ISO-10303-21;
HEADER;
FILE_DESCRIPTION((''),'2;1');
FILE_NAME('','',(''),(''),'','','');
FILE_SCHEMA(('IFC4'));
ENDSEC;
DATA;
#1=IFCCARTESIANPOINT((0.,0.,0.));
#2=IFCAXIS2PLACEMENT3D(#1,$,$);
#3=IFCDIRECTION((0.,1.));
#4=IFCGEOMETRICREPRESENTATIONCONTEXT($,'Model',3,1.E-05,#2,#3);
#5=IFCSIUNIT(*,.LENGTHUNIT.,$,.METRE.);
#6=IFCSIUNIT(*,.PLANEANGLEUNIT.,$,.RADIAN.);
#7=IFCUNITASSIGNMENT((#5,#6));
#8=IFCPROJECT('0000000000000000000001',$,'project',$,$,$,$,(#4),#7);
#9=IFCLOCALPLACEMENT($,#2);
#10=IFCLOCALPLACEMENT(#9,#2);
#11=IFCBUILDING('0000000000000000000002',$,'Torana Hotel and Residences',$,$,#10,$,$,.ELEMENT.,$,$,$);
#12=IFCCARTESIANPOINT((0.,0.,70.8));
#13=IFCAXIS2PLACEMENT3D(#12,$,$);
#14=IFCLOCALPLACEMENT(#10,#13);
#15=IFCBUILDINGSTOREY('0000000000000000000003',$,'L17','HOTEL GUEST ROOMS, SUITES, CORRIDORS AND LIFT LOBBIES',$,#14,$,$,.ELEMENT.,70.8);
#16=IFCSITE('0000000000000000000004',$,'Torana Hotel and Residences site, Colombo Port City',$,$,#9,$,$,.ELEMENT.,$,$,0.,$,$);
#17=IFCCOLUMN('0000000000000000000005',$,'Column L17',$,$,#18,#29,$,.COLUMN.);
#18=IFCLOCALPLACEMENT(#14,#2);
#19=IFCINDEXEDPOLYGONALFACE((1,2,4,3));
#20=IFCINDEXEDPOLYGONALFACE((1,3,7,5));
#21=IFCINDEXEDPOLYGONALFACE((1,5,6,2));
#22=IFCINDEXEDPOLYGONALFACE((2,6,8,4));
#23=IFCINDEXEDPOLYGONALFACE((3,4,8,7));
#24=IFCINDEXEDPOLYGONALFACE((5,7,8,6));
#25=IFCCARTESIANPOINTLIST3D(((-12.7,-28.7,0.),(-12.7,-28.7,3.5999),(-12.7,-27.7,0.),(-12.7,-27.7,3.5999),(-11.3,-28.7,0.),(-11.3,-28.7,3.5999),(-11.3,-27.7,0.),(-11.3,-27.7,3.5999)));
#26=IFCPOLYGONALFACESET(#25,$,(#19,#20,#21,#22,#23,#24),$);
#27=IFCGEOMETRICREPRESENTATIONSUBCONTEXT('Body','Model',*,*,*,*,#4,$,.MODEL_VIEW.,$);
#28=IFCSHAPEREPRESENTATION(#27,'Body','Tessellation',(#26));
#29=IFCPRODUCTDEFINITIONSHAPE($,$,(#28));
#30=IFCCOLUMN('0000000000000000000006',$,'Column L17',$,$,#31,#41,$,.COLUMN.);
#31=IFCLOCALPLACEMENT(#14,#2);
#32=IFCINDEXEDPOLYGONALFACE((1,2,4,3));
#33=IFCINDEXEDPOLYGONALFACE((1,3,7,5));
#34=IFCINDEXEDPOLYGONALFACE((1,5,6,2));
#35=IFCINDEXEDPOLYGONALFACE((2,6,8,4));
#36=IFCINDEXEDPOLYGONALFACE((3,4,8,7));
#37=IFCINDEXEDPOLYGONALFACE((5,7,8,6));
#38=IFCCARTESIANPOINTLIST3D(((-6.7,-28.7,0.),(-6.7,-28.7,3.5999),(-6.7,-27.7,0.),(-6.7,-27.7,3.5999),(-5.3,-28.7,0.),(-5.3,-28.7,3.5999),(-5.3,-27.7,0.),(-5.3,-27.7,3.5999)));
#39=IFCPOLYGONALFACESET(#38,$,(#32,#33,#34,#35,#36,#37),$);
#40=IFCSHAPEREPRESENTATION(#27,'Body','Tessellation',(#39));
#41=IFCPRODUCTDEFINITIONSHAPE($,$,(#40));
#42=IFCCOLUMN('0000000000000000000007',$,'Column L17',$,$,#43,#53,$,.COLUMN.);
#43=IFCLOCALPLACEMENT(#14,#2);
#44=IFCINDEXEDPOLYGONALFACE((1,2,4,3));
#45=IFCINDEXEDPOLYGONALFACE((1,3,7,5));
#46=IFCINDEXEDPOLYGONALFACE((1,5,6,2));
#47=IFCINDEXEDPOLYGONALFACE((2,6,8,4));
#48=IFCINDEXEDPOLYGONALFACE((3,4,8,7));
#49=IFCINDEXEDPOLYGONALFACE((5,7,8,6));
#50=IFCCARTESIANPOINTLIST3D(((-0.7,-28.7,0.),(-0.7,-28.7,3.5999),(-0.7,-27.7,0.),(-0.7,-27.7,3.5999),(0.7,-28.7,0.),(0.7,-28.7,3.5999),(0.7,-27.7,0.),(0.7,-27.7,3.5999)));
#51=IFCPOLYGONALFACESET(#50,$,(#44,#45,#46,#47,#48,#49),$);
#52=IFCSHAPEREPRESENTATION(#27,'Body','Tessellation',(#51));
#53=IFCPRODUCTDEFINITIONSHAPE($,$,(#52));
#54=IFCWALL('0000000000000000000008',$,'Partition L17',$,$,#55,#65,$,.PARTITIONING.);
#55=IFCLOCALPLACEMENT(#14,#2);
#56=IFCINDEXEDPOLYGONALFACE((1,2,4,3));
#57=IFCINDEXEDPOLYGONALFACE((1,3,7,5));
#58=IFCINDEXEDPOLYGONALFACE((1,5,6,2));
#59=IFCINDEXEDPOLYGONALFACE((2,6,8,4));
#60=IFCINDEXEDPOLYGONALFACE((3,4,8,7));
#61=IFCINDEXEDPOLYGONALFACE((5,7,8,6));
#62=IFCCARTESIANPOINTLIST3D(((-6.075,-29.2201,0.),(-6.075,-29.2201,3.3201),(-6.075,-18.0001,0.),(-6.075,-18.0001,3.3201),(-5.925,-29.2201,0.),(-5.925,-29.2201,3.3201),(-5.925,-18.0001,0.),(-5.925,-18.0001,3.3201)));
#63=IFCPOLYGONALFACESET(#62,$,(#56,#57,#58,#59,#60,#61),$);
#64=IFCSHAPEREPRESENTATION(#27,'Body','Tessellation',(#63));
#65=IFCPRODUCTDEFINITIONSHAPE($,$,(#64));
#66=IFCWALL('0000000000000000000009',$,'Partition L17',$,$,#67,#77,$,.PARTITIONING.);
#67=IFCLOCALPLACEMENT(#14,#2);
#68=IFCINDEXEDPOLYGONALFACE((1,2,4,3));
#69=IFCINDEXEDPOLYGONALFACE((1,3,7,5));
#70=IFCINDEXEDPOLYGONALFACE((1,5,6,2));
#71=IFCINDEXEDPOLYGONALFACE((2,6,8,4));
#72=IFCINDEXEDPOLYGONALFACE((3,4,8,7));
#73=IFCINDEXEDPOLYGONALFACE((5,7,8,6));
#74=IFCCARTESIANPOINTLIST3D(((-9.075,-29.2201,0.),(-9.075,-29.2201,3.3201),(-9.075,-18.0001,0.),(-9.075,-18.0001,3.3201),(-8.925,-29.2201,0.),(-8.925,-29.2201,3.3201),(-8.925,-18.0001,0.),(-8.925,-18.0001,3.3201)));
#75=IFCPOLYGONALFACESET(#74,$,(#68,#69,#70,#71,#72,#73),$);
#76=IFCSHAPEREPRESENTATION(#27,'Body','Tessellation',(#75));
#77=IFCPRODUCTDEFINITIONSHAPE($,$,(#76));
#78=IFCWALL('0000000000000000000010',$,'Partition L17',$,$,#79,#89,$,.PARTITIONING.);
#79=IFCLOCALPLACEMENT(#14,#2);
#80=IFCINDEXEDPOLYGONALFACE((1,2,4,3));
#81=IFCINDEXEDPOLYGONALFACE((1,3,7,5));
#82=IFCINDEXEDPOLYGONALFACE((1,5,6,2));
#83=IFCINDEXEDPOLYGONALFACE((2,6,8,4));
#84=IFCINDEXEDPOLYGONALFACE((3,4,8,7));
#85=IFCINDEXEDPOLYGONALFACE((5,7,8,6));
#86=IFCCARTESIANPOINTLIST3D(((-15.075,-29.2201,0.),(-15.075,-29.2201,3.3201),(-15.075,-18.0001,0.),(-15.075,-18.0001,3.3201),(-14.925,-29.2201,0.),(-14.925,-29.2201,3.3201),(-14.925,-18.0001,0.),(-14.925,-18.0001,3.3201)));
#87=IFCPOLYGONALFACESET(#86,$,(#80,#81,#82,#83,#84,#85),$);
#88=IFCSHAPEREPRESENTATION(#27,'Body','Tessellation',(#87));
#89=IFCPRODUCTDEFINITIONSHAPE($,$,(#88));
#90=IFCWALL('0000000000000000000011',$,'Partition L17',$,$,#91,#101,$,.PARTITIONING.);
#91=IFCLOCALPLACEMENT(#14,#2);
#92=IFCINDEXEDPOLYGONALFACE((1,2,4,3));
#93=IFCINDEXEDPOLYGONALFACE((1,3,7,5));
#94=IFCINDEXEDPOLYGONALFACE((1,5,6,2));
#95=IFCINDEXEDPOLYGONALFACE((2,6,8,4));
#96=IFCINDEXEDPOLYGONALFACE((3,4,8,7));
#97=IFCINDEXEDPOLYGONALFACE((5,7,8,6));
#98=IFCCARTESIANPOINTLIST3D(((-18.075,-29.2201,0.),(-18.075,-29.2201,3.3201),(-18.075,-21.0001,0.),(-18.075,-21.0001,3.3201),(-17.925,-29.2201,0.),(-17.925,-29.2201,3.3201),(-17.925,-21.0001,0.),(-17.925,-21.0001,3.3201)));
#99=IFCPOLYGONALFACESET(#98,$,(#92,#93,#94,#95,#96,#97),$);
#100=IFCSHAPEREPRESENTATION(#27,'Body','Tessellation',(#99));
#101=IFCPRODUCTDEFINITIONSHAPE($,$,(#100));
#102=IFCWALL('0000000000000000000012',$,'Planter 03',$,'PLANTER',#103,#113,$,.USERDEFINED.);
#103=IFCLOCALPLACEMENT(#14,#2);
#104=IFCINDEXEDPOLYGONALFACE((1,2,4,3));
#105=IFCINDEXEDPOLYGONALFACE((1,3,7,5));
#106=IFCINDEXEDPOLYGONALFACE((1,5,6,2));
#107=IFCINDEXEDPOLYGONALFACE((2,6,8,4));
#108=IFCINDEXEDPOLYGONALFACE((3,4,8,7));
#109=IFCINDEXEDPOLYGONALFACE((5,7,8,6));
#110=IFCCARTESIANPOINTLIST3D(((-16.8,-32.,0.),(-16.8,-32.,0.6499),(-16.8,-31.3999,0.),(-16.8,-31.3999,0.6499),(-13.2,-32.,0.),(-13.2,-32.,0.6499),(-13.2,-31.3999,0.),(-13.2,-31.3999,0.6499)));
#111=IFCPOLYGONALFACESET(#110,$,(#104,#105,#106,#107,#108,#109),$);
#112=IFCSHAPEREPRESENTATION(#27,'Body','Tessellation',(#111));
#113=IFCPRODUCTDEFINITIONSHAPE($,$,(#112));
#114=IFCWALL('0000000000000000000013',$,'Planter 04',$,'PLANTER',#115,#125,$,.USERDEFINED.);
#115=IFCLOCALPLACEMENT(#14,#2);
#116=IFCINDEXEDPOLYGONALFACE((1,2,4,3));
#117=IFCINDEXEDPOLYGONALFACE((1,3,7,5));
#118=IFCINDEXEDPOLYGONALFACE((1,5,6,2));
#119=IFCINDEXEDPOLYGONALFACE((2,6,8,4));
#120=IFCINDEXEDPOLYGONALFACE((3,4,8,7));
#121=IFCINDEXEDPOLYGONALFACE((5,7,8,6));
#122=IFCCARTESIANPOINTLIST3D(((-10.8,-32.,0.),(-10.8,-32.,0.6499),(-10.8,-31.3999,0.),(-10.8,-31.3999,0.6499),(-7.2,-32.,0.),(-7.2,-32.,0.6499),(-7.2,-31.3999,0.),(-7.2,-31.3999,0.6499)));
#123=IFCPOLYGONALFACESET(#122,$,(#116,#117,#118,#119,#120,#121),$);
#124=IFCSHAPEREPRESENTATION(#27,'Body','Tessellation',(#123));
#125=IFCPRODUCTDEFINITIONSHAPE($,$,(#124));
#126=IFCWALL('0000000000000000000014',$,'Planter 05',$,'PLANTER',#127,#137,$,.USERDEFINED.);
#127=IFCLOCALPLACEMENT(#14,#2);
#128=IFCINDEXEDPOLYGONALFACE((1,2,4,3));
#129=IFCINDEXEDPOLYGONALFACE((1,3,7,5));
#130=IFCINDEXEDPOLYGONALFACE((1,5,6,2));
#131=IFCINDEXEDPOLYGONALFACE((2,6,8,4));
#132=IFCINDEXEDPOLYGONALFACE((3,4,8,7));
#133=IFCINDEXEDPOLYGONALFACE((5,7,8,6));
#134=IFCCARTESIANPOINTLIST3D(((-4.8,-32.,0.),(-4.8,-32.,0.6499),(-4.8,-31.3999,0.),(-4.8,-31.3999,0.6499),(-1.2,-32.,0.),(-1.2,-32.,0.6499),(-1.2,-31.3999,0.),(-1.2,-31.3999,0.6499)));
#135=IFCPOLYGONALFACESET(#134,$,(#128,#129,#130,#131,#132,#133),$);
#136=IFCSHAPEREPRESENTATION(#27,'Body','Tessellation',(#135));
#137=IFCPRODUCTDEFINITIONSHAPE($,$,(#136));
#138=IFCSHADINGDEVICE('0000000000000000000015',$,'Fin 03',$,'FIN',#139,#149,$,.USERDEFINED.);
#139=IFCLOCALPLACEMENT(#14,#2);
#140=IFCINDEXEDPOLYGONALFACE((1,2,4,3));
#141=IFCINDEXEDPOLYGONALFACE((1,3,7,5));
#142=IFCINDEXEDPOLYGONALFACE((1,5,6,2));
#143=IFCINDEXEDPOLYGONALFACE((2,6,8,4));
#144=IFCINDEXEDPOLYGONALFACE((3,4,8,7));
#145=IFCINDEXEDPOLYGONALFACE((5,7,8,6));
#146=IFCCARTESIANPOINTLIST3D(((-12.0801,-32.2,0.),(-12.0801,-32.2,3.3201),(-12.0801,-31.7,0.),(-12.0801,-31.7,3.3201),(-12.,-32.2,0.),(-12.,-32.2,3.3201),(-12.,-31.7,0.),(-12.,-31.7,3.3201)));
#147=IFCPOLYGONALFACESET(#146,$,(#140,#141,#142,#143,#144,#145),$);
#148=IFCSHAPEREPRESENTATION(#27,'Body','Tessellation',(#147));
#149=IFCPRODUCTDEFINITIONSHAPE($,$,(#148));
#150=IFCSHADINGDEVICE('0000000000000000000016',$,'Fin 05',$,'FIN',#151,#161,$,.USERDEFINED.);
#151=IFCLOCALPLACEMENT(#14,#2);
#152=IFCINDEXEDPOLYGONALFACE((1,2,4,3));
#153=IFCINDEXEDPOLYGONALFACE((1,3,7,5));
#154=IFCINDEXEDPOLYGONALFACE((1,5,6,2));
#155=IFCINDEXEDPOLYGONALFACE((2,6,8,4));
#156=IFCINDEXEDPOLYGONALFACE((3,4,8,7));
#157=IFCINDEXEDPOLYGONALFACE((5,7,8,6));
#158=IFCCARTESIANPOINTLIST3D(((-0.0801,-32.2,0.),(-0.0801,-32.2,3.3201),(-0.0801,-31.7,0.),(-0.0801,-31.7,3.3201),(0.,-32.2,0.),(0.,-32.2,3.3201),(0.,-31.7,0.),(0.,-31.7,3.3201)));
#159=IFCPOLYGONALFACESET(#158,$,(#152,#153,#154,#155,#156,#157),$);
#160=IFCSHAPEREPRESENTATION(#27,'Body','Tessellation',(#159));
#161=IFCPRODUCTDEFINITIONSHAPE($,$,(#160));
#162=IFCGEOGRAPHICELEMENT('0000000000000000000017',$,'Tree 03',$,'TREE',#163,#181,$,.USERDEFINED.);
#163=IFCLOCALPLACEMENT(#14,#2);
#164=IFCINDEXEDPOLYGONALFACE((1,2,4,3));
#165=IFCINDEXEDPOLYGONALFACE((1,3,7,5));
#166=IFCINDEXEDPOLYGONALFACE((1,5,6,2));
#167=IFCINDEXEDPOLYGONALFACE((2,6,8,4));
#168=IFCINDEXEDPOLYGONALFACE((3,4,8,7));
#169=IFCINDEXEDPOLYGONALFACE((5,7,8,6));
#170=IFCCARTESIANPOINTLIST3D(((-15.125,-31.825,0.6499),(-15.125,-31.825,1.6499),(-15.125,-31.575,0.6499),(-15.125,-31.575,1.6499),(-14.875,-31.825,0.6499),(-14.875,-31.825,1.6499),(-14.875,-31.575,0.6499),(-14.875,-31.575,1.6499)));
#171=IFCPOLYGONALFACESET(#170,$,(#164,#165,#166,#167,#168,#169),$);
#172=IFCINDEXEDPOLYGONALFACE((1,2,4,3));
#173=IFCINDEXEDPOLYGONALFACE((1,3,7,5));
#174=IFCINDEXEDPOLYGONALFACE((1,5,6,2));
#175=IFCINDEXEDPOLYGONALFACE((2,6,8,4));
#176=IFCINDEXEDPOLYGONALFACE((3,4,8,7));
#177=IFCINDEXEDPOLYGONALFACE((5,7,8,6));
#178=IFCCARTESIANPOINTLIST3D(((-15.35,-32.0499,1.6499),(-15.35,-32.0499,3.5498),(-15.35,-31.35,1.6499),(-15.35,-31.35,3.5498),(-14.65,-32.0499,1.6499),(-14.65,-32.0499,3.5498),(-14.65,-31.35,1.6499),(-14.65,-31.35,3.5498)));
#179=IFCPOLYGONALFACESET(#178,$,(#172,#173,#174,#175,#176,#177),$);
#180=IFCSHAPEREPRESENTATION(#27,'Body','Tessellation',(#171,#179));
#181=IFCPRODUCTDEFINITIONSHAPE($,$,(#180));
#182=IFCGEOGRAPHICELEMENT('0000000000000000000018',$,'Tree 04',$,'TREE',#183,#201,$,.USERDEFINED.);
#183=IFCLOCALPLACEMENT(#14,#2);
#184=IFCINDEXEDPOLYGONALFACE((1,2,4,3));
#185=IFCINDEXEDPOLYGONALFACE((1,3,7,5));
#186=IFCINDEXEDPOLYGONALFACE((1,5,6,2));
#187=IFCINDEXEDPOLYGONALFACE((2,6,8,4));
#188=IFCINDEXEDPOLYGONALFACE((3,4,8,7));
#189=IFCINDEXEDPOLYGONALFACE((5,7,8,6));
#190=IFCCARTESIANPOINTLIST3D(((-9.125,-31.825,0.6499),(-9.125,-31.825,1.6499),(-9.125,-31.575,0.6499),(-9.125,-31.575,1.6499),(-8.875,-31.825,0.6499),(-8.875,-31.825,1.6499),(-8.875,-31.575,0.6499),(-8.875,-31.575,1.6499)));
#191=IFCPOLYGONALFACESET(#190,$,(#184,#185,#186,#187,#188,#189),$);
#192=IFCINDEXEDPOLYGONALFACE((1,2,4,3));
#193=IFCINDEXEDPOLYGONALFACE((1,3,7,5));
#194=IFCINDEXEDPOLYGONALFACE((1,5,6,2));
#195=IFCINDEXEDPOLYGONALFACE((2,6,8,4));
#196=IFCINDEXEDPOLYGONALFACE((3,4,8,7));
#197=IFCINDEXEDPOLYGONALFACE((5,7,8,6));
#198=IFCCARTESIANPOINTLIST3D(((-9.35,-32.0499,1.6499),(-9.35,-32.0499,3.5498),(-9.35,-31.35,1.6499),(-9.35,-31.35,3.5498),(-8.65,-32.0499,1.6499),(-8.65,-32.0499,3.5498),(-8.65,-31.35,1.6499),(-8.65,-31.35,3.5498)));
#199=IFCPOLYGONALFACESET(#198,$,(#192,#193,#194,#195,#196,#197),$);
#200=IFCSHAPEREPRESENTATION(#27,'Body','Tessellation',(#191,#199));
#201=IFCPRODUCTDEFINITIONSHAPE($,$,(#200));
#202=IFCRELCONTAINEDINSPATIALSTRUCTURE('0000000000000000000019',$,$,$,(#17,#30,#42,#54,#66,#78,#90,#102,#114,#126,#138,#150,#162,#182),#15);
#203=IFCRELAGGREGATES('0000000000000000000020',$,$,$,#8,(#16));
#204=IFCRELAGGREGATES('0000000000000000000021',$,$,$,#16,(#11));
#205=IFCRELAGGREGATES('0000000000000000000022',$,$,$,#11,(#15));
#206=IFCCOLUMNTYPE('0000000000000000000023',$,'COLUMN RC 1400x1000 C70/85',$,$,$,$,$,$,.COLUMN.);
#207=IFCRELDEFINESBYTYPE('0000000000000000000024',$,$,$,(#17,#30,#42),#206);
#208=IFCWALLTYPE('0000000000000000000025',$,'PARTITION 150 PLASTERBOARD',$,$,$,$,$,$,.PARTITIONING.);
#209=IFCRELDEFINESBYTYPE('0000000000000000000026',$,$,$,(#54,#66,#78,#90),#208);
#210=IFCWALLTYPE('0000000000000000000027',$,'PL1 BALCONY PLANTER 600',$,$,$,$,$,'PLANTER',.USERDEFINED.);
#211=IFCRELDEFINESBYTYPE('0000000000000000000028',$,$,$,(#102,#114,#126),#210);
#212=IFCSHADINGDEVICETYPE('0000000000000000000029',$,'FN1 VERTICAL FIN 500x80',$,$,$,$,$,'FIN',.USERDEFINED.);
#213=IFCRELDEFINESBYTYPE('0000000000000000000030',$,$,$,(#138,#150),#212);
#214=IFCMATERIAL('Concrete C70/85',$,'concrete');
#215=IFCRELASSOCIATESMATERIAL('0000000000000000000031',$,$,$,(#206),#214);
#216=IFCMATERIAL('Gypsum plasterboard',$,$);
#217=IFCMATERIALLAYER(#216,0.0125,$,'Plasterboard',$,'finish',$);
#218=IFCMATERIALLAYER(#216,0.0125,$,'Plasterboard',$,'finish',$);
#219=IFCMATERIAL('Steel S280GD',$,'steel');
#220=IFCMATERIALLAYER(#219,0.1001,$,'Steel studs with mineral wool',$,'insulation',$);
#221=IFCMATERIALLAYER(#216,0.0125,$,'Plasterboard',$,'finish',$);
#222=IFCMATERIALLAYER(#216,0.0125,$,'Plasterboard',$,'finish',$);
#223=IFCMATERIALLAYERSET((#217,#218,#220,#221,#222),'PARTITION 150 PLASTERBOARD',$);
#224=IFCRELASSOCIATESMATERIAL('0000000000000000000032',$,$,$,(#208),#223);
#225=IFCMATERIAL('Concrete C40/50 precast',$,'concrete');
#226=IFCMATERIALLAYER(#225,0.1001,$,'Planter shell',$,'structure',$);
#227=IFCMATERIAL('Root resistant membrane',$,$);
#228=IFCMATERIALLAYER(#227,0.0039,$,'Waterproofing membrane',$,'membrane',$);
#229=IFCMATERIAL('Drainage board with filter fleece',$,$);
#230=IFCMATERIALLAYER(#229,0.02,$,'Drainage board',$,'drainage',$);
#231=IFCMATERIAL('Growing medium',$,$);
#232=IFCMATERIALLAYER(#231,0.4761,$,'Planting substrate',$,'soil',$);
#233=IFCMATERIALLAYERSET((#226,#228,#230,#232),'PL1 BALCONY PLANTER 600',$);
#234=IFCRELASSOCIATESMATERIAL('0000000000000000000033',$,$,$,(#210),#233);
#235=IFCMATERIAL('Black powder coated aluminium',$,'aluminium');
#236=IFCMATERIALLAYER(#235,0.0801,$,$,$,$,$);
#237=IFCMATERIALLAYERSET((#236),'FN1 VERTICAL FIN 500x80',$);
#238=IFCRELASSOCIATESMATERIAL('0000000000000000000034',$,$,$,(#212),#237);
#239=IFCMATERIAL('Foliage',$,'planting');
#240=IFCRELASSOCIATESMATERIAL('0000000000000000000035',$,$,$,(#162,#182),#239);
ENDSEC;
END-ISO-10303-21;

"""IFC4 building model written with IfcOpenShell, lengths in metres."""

from ifc_helpers import new_model, si_unit, direction, frame, frame_2d, origin, origin_2d, place, context, subcontext, project, spatial, rectangle, extrude, material, layer, layer_set, material_profile, profile_set, type_object, element, save


model = new_model("IFC4")

# Units and contexts
model_context = context("Model", 3, precision=1e-05, world=origin(), true_north=direction((0.0, 1.0)))
body_context = subcontext(model_context, "Body", "Model", "MODEL_VIEW")
ifc_project = project(units=[si_unit("LENGTHUNIT", "METRE"), si_unit("PLANEANGLEUNIT", "RADIAN")], contexts=[model_context])

# Site, building, storey
site_placement = place(None, origin())
site = spatial("IfcSite", under=ifc_project, at=site_placement, Name="Torana Hotel and Residences site, Colombo Port City", CompositionType="ELEMENT", RefElevation=0.0)
building_placement = place(site_placement, origin())
building = spatial("IfcBuilding", under=site, at=building_placement, Name="Torana Hotel and Residences", CompositionType="ELEMENT")
storey_placement = place(building_placement, frame((0.0, 0.0, 70.8)))
storey = spatial("IfcBuildingStorey", under=building, at=storey_placement, Name="L17", Description="HOTEL GUEST ROOMS, SUITES, CORRIDORS AND LIFT LOBBIES", CompositionType="ELEMENT", Elevation=70.8)

# Columns
ifc_material_1 = material(Name="Concrete C70/85", Category="concrete")
ifc_material_profile = material_profile(ifc_material_1, rectangle(XDim=1.3999, YDim=1.0, at=origin_2d()), Name="RC 1400x1000")
ifc_profile_set = profile_set([ifc_material_profile], Name="Concrete C70/85")
column_type = type_object("IfcColumnType", Name="COLUMN RC 1400x1000 C70/85", PredefinedType="COLUMN", material=ifc_profile_set)
for number, where, z_axis, x_axis, name in (
    (1, (-12.0, -28.2, 0.0), (0.0, 0.0, 1.0), (1.0, 0.0, 0.0), "Column L17"),
    (2, (-6.0, -28.2, 0.0), (0.0, 0.0, 1.0), (1.0, 0.0, 0.0), "Column L17"),
    (3, (0.0, -28.2, 0.0), (0.0, 0.0, 1.0), (1.0, 0.0, 0.0), "Column L17"),
):
    element("IfcColumn", number, at=place(storey_placement, frame(where, z_axis=z_axis, x_axis=x_axis)), inside=storey, type_object=column_type, Name=name, PredefinedType="COLUMN", context=body_context, shape_type="SweptSolid", body=[
        extrude(rectangle(XDim=1.3999, YDim=1.0, at=origin_2d()), origin(), (0.0, 0.0, 1.0), 3.5999),
    ])

# Walls
ifc_material_2 = material(Name="Gypsum plasterboard")
ifc_layer_1 = layer(ifc_material_2, 0.0125, Name="Plasterboard", Category="finish")
ifc_layer_2 = layer(ifc_material_2, 0.0125, Name="Plasterboard", Category="finish")
ifc_material_3 = material(Name="Steel S280GD", Category="steel")
ifc_layer_3 = layer(ifc_material_3, 0.1001, Name="Steel studs with mineral wool", Category="insulation")
ifc_layer_4 = layer(ifc_material_2, 0.0125, Name="Plasterboard", Category="finish")
ifc_layer_5 = layer(ifc_material_2, 0.0125, Name="Plasterboard", Category="finish")
ifc_layer_set_1 = layer_set([ifc_layer_1, ifc_layer_2, ifc_layer_3, ifc_layer_4, ifc_layer_5], Name="PARTITION 150 PLASTERBOARD")
wall_type_1 = type_object("IfcWallType", Name="PARTITION 150 PLASTERBOARD", PredefinedType="PARTITIONING", material=ifc_layer_set_1)
for number, where, z_axis, x_axis, name in (
    (4, (-6.0, -29.22, 0.0), (0.0, 0.0, 1.0), (0.0, 1.0, 0.0), "Partition L17"),
    (5, (-9.0, -29.22, 0.0), (0.0, 0.0, 1.0), (0.0, 1.0, 0.0), "Partition L17"),
    (6, (-15.0, -29.22, 0.0), (0.0, 0.0, 1.0), (0.0, 1.0, 0.0), "Partition L17"),
):
    element("IfcWall", number, at=place(storey_placement, frame(where, z_axis=z_axis, x_axis=x_axis)), inside=storey, type_object=wall_type_1, Name=name, PredefinedType="PARTITIONING", context=body_context, shape_type="SweptSolid", body=[
        extrude(rectangle(XDim=11.22, YDim=0.1499, at=frame_2d((5.6099, 0.0))), origin(), (0.0, 0.0, 1.0), 3.3201),
    ])
wall_placement = place(storey_placement, frame((-18.0, -29.22, 0.0), z_axis=(0.0, 0.0, 1.0), x_axis=(0.0, 1.0, 0.0)))
element("IfcWall", 7, at=wall_placement, inside=storey, type_object=wall_type_1, Name="Partition L17", PredefinedType="PARTITIONING", context=body_context, shape_type="SweptSolid", body=[
    extrude(rectangle(XDim=8.22, YDim=0.1499, at=frame_2d((4.1099, 0.0))), origin(), (0.0, 0.0, 1.0), 3.3201),
])
ifc_material_4 = material(Name="Concrete C40/50 precast", Category="concrete")
ifc_layer_6 = layer(ifc_material_4, 0.1001, Name="Planter shell", Category="structure")
ifc_material_5 = material(Name="Root resistant membrane")
ifc_layer_7 = layer(ifc_material_5, 0.0039, Name="Waterproofing membrane", Category="membrane")
ifc_material_6 = material(Name="Drainage board with filter fleece")
ifc_layer_8 = layer(ifc_material_6, 0.02, Name="Drainage board", Category="drainage")
ifc_material_7 = material(Name="Growing medium")
ifc_layer_9 = layer(ifc_material_7, 0.4761, Name="Planting substrate", Category="soil")
ifc_layer_set_2 = layer_set([ifc_layer_6, ifc_layer_7, ifc_layer_8, ifc_layer_9], Name="PL1 BALCONY PLANTER 600")
wall_type_2 = type_object("IfcWallType", Name="PL1 BALCONY PLANTER 600", ElementType="PLANTER", PredefinedType="USERDEFINED", material=ifc_layer_set_2)
for number, where, z_axis, x_axis, name in (
    (8, (-13.2, -31.7, 0.0), (0.0, 0.0, 1.0), (-1.0, 0.0, 0.0), "Planter 03"),
    (9, (-7.2, -31.7, 0.0), (0.0, 0.0, 1.0), (-1.0, 0.0, 0.0), "Planter 04"),
    (10, (-1.2, -31.7, 0.0), (0.0, 0.0, 1.0), (-1.0, 0.0, 0.0), "Planter 05"),
):
    element("IfcWall", number, at=place(storey_placement, frame(where, z_axis=z_axis, x_axis=x_axis)), inside=storey, type_object=wall_type_2, Name=name, ObjectType="PLANTER", PredefinedType="USERDEFINED", context=body_context, shape_type="SweptSolid", body=[
        extrude(rectangle(XDim=3.6001, YDim=0.6001, at=frame_2d((1.8, 0.0))), origin(), (0.0, 0.0, 1.0), 0.6499),
    ])

# Shading devices
ifc_material_8 = material(Name="Black powder coated aluminium", Category="aluminium")
ifc_layer_10 = layer(ifc_material_8, 0.0801)
ifc_layer_set_3 = layer_set([ifc_layer_10], Name="FN1 VERTICAL FIN 500x80")
shading_device_type = type_object("IfcShadingDeviceType", Name="FN1 VERTICAL FIN 500x80", ElementType="FIN", PredefinedType="USERDEFINED", material=ifc_layer_set_3)
for number, where, z_axis, x_axis, name in (
    (11, (-12.04, -31.95, 0.0), (0.0, 0.0, 1.0), (-1.0, 0.0, 0.0), "Fin 03"),
    (12, (-0.04, -31.95, 0.0), (0.0, 0.0, 1.0), (-1.0, 0.0, 0.0), "Fin 05"),
):
    element("IfcShadingDevice", number, at=place(storey_placement, frame(where, z_axis=z_axis, x_axis=x_axis)), inside=storey, type_object=shading_device_type, Name=name, ObjectType="FIN", PredefinedType="USERDEFINED", context=body_context, shape_type="SweptSolid", body=[
        extrude(rectangle(XDim=0.0801, YDim=0.5, at=origin_2d()), origin(), (0.0, 0.0, 1.0), 3.3201),
    ])

# Geographic elements
ifc_material_9 = material(Name="Foliage", Category="planting")
for number, where, z_axis, x_axis, name in (
    (13, (-15.0, -31.7, 0.6499), (0.0, 0.0, 1.0), (1.0, 0.0, 0.0), "Tree 03"),
    (14, (-9.0, -31.7, 0.6499), (0.0, 0.0, 1.0), (1.0, 0.0, 0.0), "Tree 04"),
):
    element("IfcGeographicElement", number, at=place(storey_placement, frame(where, z_axis=z_axis, x_axis=x_axis)), inside=storey, material=ifc_material_9, Name=name, ObjectType="TREE", PredefinedType="USERDEFINED", context=body_context, shape_type="SweptSolid", body=[
        extrude(rectangle(XDim=0.25, YDim=0.25, at=origin_2d()), origin(), (0.0, 0.0, 1.0), 1.0),
        extrude(rectangle(XDim=0.7, YDim=0.7, at=origin_2d()), frame((0.0, 0.0, 1.0)), (0.0, 0.0, 1.0), 1.8999),
    ])

save(model, "model.ifc")
